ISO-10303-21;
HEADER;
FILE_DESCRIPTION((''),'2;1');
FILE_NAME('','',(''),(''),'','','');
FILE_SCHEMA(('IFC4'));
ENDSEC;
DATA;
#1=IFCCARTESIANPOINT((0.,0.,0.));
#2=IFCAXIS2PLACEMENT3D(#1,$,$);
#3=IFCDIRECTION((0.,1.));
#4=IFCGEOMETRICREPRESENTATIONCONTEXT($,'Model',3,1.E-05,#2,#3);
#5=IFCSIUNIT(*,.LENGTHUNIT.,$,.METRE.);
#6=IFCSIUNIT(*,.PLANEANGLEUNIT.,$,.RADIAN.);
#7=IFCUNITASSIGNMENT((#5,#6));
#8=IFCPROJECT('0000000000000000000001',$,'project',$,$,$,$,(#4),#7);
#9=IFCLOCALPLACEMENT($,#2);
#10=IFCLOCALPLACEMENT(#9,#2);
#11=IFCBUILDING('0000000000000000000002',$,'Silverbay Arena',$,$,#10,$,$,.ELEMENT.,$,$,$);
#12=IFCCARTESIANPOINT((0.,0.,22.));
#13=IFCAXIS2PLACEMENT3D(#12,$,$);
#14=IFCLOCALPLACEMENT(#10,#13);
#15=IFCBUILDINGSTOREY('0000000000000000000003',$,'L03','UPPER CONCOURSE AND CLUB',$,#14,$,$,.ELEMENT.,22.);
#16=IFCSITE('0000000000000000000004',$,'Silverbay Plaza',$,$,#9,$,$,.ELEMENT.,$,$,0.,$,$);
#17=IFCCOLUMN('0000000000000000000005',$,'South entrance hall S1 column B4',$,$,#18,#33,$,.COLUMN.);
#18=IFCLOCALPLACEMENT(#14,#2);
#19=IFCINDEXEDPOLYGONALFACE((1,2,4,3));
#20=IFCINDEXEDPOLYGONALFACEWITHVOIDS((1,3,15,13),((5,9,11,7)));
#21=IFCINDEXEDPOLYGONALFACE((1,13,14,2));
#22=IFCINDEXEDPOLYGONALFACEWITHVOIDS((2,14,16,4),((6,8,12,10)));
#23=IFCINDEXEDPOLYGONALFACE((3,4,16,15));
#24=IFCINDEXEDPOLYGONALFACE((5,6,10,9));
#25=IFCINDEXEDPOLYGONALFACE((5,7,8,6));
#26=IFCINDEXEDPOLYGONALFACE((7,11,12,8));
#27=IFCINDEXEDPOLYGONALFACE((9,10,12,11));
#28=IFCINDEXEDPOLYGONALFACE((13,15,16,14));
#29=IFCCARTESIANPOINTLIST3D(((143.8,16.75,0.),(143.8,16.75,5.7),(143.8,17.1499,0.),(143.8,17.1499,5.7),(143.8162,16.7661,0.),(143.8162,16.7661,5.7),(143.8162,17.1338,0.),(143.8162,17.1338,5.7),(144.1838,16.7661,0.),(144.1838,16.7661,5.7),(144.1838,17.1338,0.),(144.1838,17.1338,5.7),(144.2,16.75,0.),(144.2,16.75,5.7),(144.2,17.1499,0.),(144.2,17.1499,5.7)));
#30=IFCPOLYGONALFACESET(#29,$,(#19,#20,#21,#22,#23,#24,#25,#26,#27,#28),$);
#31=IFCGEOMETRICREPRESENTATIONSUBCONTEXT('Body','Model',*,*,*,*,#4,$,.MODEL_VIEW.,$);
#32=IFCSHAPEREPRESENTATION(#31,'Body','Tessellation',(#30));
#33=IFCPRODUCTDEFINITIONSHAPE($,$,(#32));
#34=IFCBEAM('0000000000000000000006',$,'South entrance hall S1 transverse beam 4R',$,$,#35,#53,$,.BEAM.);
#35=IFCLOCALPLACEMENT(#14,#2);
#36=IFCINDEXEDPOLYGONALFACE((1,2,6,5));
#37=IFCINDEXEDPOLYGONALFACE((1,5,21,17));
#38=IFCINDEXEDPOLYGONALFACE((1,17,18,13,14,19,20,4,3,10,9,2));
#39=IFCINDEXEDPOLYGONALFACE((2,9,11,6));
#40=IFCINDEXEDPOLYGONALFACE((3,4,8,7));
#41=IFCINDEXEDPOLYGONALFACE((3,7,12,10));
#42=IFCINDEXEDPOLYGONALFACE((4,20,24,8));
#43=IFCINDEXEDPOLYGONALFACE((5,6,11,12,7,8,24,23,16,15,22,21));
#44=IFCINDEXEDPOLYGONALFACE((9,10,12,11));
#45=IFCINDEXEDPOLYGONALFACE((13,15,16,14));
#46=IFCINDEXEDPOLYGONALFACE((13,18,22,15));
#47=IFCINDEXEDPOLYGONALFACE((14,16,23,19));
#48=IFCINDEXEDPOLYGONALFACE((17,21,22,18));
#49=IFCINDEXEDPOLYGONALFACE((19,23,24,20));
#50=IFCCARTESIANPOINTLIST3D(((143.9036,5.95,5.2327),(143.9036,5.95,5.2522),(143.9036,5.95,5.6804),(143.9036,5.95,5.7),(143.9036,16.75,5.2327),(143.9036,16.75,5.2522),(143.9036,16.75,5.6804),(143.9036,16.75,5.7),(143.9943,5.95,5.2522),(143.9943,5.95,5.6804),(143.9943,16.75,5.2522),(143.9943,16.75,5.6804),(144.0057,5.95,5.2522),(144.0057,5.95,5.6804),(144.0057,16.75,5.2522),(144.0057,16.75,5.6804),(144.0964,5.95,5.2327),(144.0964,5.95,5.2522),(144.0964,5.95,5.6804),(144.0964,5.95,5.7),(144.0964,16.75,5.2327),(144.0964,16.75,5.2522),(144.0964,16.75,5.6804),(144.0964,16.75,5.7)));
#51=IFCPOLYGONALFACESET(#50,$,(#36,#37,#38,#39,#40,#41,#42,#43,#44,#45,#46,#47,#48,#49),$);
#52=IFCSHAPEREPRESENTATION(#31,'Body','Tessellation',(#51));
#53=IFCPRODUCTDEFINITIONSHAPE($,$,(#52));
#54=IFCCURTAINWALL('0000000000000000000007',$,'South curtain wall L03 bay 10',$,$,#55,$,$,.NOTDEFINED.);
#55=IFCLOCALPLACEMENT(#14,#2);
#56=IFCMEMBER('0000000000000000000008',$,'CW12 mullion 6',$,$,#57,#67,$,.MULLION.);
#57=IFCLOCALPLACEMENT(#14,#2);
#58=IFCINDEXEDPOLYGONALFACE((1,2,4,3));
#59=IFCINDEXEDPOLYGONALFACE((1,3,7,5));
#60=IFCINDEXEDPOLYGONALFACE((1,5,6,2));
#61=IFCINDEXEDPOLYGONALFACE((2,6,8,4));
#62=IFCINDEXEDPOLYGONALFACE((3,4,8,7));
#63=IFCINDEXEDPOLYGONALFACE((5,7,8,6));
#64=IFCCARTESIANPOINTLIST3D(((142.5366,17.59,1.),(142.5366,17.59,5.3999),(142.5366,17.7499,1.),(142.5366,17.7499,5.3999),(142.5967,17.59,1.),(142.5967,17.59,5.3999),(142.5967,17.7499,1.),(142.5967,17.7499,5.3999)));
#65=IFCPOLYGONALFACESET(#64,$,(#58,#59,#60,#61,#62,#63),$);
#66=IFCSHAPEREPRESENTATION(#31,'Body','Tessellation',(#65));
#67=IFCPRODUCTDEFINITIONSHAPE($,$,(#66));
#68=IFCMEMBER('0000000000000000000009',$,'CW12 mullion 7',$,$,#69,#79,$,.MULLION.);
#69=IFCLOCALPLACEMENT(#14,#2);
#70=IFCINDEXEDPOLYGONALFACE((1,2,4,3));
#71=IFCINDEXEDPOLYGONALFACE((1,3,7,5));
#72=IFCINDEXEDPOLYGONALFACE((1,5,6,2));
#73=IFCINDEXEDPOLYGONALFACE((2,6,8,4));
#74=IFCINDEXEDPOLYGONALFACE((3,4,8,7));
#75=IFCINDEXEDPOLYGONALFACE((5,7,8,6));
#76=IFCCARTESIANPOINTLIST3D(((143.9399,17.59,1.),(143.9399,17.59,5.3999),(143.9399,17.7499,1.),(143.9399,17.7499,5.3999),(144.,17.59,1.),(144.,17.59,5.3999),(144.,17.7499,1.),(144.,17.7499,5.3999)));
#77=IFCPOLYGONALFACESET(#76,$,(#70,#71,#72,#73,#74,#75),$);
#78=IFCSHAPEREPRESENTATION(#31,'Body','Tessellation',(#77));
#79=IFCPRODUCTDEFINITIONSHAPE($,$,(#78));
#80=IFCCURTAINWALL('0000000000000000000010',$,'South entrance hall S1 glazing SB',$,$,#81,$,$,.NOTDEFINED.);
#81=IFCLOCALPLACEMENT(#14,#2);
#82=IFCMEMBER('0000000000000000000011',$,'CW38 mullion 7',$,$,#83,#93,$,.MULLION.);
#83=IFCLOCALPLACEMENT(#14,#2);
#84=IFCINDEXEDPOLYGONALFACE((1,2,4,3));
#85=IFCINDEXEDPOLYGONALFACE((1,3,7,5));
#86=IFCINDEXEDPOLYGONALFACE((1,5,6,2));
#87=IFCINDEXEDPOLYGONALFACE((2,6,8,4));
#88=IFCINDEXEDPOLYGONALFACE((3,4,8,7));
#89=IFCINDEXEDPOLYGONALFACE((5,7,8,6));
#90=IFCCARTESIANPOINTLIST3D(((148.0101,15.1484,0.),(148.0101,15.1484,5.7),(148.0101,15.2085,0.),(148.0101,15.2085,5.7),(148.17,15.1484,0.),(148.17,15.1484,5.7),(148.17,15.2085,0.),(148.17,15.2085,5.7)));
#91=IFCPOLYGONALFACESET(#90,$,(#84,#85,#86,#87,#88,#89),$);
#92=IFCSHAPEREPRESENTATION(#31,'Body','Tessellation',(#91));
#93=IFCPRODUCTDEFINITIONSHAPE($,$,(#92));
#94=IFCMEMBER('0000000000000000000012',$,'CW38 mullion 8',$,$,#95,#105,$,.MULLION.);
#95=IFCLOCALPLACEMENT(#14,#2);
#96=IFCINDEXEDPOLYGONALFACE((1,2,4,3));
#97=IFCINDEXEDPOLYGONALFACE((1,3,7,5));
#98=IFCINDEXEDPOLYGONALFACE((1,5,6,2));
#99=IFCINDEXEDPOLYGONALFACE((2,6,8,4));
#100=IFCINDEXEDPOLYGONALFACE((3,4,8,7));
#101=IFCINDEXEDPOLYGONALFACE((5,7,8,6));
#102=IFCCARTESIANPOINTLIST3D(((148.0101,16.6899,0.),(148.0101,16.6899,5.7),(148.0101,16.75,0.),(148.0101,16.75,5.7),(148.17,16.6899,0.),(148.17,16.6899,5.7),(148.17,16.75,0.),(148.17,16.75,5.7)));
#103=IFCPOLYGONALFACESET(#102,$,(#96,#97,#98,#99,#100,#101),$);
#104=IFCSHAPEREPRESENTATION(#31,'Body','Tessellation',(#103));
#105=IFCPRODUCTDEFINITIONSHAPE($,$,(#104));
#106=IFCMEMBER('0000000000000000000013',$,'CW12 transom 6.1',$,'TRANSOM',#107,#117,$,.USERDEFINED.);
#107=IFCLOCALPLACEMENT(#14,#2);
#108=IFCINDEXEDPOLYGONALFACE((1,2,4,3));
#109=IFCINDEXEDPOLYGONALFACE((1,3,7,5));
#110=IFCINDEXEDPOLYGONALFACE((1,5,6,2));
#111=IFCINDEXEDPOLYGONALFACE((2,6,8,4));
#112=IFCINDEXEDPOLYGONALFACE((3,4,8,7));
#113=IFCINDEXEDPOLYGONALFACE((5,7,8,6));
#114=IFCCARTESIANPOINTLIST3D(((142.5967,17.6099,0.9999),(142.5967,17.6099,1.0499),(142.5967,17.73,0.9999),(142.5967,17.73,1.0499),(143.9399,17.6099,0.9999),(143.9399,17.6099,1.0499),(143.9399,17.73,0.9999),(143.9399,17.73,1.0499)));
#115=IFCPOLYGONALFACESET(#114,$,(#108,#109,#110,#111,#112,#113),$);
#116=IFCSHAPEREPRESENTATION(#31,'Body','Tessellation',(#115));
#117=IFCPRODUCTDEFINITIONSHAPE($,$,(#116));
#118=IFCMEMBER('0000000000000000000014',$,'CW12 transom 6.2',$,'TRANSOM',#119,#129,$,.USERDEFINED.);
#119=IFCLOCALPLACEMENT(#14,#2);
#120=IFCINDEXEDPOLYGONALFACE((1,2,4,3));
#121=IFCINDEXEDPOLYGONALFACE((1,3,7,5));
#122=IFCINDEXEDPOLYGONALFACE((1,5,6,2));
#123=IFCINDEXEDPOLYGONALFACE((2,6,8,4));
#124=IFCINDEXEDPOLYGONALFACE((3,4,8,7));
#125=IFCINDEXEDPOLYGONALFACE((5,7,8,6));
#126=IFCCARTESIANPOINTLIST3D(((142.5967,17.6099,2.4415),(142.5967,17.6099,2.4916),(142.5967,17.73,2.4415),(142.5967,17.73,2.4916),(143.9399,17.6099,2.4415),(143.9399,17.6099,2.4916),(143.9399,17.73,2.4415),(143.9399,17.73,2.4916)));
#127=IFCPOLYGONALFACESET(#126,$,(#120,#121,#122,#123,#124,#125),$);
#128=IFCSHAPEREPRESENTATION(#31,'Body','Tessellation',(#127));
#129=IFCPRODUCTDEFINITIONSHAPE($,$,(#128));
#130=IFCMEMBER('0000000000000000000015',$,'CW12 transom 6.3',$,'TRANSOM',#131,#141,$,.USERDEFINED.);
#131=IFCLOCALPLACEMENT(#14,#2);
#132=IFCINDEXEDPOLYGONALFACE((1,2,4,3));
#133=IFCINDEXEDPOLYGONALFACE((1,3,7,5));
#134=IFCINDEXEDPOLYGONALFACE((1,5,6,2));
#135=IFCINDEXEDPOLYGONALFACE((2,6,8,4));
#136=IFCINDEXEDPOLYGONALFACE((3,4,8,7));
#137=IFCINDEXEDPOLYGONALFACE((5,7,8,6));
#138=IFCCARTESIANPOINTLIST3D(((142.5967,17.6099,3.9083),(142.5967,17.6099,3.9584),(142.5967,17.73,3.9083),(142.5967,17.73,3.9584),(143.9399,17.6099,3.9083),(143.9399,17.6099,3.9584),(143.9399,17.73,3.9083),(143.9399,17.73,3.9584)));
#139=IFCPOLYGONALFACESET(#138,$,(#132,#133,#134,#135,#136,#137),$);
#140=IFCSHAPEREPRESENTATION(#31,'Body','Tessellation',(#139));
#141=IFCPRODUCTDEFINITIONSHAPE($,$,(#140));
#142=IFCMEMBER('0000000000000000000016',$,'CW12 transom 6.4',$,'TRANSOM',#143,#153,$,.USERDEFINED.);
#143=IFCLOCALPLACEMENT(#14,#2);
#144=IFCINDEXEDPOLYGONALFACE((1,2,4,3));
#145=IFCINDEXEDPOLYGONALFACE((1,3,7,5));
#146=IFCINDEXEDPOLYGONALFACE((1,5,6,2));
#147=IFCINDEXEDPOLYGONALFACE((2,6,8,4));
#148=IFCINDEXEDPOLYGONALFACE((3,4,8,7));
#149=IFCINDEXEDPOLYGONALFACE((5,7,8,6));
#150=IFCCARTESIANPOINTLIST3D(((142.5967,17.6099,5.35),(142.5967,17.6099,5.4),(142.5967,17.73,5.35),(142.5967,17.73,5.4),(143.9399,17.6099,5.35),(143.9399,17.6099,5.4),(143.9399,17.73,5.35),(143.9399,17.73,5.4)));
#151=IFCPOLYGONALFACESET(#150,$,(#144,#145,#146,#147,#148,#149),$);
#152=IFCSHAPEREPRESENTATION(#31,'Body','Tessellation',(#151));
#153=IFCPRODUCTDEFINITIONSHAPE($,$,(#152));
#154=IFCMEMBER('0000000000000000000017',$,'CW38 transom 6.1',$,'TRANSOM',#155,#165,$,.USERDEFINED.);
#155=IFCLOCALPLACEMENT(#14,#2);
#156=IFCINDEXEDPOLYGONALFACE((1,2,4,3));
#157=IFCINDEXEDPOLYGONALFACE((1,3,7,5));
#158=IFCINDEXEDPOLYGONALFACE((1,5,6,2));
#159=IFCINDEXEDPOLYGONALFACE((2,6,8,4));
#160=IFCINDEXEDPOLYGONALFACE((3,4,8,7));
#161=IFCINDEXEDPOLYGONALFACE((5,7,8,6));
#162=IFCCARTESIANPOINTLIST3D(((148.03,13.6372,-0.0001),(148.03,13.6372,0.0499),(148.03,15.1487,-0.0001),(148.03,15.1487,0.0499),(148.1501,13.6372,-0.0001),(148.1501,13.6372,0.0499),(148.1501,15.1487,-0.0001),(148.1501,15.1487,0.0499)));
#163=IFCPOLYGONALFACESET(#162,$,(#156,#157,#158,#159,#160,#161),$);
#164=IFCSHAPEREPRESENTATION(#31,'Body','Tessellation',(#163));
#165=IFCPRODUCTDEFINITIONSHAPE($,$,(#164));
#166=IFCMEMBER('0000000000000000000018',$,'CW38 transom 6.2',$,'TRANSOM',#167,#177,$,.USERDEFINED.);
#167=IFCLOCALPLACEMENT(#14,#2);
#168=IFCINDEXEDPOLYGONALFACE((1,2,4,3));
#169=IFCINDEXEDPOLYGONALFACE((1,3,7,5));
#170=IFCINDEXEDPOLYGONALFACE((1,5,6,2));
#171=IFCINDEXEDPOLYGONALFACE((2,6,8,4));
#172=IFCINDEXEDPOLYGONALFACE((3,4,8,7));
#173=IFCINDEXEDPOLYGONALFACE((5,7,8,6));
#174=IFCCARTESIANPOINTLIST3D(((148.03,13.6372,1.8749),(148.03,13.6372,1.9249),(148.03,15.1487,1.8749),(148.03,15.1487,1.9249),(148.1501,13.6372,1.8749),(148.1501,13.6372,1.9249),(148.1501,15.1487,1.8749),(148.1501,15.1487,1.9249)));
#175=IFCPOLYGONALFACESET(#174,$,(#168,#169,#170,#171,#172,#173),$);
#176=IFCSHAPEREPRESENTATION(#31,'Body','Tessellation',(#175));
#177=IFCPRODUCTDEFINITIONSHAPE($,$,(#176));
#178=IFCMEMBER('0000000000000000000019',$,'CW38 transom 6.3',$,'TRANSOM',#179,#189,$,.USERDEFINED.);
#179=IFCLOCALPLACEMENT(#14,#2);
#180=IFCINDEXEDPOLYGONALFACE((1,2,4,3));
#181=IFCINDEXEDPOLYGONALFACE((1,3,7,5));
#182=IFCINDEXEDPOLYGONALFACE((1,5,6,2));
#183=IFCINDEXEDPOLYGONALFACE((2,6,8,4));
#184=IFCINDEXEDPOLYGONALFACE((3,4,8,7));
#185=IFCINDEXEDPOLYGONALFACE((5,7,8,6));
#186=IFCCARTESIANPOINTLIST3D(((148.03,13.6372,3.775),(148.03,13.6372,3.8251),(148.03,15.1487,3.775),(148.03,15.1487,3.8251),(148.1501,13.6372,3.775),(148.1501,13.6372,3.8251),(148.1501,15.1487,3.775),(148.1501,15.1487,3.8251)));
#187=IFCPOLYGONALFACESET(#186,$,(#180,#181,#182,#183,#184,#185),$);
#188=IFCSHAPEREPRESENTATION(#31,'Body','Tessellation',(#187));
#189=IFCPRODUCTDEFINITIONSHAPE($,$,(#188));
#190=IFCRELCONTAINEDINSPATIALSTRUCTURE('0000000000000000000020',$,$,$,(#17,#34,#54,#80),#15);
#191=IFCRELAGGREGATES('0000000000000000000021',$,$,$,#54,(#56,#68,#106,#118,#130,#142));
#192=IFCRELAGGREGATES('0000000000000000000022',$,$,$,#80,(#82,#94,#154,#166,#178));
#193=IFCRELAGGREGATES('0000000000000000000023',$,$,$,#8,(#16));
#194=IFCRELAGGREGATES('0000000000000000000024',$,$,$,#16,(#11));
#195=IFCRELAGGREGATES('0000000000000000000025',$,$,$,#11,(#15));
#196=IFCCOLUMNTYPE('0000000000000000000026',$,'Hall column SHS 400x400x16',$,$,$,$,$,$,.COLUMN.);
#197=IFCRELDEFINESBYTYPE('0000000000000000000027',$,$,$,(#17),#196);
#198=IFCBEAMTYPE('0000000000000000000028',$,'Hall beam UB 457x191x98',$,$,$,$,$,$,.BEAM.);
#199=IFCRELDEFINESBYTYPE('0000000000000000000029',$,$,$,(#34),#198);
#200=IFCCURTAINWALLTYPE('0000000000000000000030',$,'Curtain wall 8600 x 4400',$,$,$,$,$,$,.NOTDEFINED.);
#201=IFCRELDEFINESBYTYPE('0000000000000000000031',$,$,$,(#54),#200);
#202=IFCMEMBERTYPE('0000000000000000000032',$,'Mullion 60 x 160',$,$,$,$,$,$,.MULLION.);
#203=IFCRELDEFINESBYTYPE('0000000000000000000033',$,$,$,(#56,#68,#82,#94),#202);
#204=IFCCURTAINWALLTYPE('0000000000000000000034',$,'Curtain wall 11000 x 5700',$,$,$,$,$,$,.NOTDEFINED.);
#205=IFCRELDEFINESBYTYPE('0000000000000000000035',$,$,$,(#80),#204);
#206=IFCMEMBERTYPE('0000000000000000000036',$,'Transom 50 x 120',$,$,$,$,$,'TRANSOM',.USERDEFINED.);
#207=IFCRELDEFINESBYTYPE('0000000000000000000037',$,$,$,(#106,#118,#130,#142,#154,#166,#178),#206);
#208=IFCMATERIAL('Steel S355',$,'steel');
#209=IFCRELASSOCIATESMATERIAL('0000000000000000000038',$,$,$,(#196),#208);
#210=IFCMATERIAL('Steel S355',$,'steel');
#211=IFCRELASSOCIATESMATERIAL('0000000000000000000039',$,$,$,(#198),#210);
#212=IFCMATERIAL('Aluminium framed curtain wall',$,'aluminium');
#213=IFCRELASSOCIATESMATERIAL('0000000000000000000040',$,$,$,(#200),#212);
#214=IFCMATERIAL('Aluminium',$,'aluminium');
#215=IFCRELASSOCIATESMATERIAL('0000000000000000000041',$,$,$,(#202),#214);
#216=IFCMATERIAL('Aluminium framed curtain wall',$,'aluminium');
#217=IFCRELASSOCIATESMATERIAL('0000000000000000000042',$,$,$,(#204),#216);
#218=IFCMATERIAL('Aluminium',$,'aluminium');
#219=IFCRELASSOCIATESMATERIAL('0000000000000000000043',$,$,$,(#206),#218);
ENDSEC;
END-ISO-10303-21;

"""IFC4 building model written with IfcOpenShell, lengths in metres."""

from ifc_helpers import new_model, si_unit, direction, frame, origin, origin_2d, place, context, subcontext, project, spatial, rectangle, hollow_rectangle, i_section, extrude, material, material_profile, profile_set, type_object, element, aggregate, save


model = new_model("IFC4")

# Units and contexts
model_context = context("Model", 3, precision=1e-05, world=origin(), true_north=direction((0.0, 1.0)))
body_context = subcontext(model_context, "Body", "Model", "MODEL_VIEW")
ifc_project = project(units=[si_unit("LENGTHUNIT", "METRE"), si_unit("PLANEANGLEUNIT", "RADIAN")], contexts=[model_context])

# Site, building, storey
site_placement = place(None, origin())
site = spatial("IfcSite", under=ifc_project, at=site_placement, Name="Silverbay Plaza", CompositionType="ELEMENT", RefElevation=0.0)
building_placement = place(site_placement, origin())
building = spatial("IfcBuilding", under=site, at=building_placement, Name="Silverbay Arena", CompositionType="ELEMENT")
storey_placement = place(building_placement, frame((0.0, 0.0, 22.0)))
storey = spatial("IfcBuildingStorey", under=building, at=storey_placement, Name="L03", Description="UPPER CONCOURSE AND CLUB", CompositionType="ELEMENT", Elevation=22.0)

# Column
ifc_material_1 = material(Name="Steel S355", Category="steel")
ifc_material_profile_1 = material_profile(ifc_material_1, hollow_rectangle(XDim=0.3999, YDim=0.3999, WallThickness=0.0161, at=origin_2d()), Name="SHS 400x400x16")
ifc_profile_set_1 = profile_set([ifc_material_profile_1], Name="Steel S355")
column_type = type_object("IfcColumnType", Name="Hall column SHS 400x400x16", PredefinedType="COLUMN", material=ifc_profile_set_1)
column_placement = place(storey_placement, frame((144.0, 16.95, 0.0), z_axis=(0.0, 0.0, 1.0), x_axis=(1.0, 0.0, 0.0)))
element("IfcColumn", 1, at=column_placement, inside=storey, type_object=column_type, Name="South entrance hall S1 column B4", PredefinedType="COLUMN", context=body_context, shape_type="SweptSolid", body=[
    extrude(hollow_rectangle(XDim=0.3999, YDim=0.3999, WallThickness=0.0161, at=origin_2d()), origin(), (0.0, 0.0, 1.0), 5.7),
])

# Beam
ifc_material_2 = material(Name="Steel S355", Category="steel")
ifc_material_profile_2 = material_profile(ifc_material_2, i_section(OverallWidth=0.1929, OverallDepth=0.4673, WebThickness=0.0115, FlangeThickness=0.0195, at=origin_2d()), Name="UB 457x191x98")
ifc_profile_set_2 = profile_set([ifc_material_profile_2], Name="Steel S355")
beam_type = type_object("IfcBeamType", Name="Hall beam UB 457x191x98", PredefinedType="BEAM", material=ifc_profile_set_2)
beam_placement = place(storey_placement, frame((144.0, 16.75, 5.4663), z_axis=(0.0, -1.0, 0.0), x_axis=(1.0, 0.0, 0.0)))
element("IfcBeam", 2, at=beam_placement, inside=storey, type_object=beam_type, Name="South entrance hall S1 transverse beam 4R", PredefinedType="BEAM", context=body_context, shape_type="SweptSolid", body=[
    extrude(i_section(OverallWidth=0.1929, OverallDepth=0.4673, WebThickness=0.0115, FlangeThickness=0.0195, at=origin_2d()), origin(), (0.0, 0.0, 1.0), 10.8),
])

# Curtain walls, members
ifc_material_3 = material(Name="Aluminium framed curtain wall", Category="aluminium")
curtain_wall_type_1 = type_object("IfcCurtainWallType", Name="Curtain wall 8600 x 4400", PredefinedType="NOTDEFINED", material=ifc_material_3)
curtain_wall_1_placement = place(storey_placement, origin())
curtain_wall_1 = element("IfcCurtainWall", 3, at=curtain_wall_1_placement, inside=storey, type_object=curtain_wall_type_1, Name="South curtain wall L03 bay 10", PredefinedType="NOTDEFINED")
ifc_material_4 = material(Name="Aluminium", Category="aluminium")
ifc_material_profile_3 = material_profile(ifc_material_4, rectangle(XDim=0.1599, YDim=0.0601, at=origin_2d()), Name="Mullion 60 x 160")
ifc_profile_set_3 = profile_set([ifc_material_profile_3], Name="Aluminium")
member_type_1 = type_object("IfcMemberType", Name="Mullion 60 x 160", PredefinedType="MULLION", material=ifc_profile_set_3)
member_1_placement = place(storey_placement, frame((142.5667, 17.6699, 1.0), z_axis=(0.0, 0.0, 1.0), x_axis=(0.0, 1.0, 0.0)))
member_1 = element("IfcMember", 4, at=member_1_placement, type_object=member_type_1, Name="CW12 mullion 6", PredefinedType="MULLION", context=body_context, shape_type="SweptSolid", body=[
    extrude(rectangle(XDim=0.1599, YDim=0.0601, at=origin_2d()), origin(), (0.0, 0.0, 1.0), 4.3999),
])
member_2_placement = place(storey_placement, frame((143.97, 17.6699, 1.0), z_axis=(0.0, 0.0, 1.0), x_axis=(0.0, 1.0, 0.0)))
member_2 = element("IfcMember", 5, at=member_2_placement, type_object=member_type_1, Name="CW12 mullion 7", PredefinedType="MULLION", context=body_context, shape_type="SweptSolid", body=[
    extrude(rectangle(XDim=0.1599, YDim=0.0601, at=origin_2d()), origin(), (0.0, 0.0, 1.0), 4.3999),
])
ifc_material_5 = material(Name="Aluminium framed curtain wall", Category="aluminium")
curtain_wall_type_2 = type_object("IfcCurtainWallType", Name="Curtain wall 11000 x 5700", PredefinedType="NOTDEFINED", material=ifc_material_5)
curtain_wall_2_placement = place(storey_placement, origin())
curtain_wall_2 = element("IfcCurtainWall", 6, at=curtain_wall_2_placement, inside=storey, type_object=curtain_wall_type_2, Name="South entrance hall S1 glazing SB", PredefinedType="NOTDEFINED")
member_3_placement = place(storey_placement, frame((148.0901, 15.1785, 0.0), z_axis=(0.0, 0.0, 1.0), x_axis=(-1.0, 0.0, 0.0)))
member_3 = element("IfcMember", 7, at=member_3_placement, type_object=member_type_1, Name="CW38 mullion 7", PredefinedType="MULLION", context=body_context, shape_type="SweptSolid", body=[
    extrude(rectangle(XDim=0.1599, YDim=0.0601, at=origin_2d()), origin(), (0.0, 0.0, 1.0), 5.7),
])
member_4_placement = place(storey_placement, frame((148.0901, 16.72, 0.0), z_axis=(0.0, 0.0, 1.0), x_axis=(-1.0, 0.0, 0.0)))
member_4 = element("IfcMember", 8, at=member_4_placement, type_object=member_type_1, Name="CW38 mullion 8", PredefinedType="MULLION", context=body_context, shape_type="SweptSolid", body=[
    extrude(rectangle(XDim=0.1599, YDim=0.0601, at=origin_2d()), origin(), (0.0, 0.0, 1.0), 5.7),
])

# Members
ifc_material_6 = material(Name="Aluminium", Category="aluminium")
ifc_material_profile_4 = material_profile(ifc_material_6, rectangle(XDim=0.1201, YDim=0.05, at=origin_2d()), Name="Transom 50 x 120")
ifc_profile_set_4 = profile_set([ifc_material_profile_4], Name="Aluminium")
member_type_2 = type_object("IfcMemberType", Name="Transom 50 x 120", ElementType="TRANSOM", PredefinedType="USERDEFINED", material=ifc_profile_set_4)
member_5_placement = place(storey_placement, frame((142.5967, 17.6699, 1.0249), z_axis=(1.0, 0.0, 0.0), x_axis=(0.0, 1.0, 0.0)))
member_5 = element("IfcMember", 9, at=member_5_placement, type_object=member_type_2, Name="CW12 transom 6.1", ObjectType="TRANSOM", PredefinedType="USERDEFINED", context=body_context, shape_type="SweptSolid", body=[
    extrude(rectangle(XDim=0.1201, YDim=0.05, at=origin_2d()), origin(), (0.0, 0.0, 1.0), 1.3433),
])
member_6_placement = place(storey_placement, frame((142.5967, 17.6699, 2.4666), z_axis=(1.0, 0.0, 0.0), x_axis=(0.0, 1.0, 0.0)))
member_6 = element("IfcMember", 10, at=member_6_placement, type_object=member_type_2, Name="CW12 transom 6.2", ObjectType="TRANSOM", PredefinedType="USERDEFINED", context=body_context, shape_type="SweptSolid", body=[
    extrude(rectangle(XDim=0.1201, YDim=0.05, at=origin_2d()), origin(), (0.0, 0.0, 1.0), 1.3433),
])
member_7_placement = place(storey_placement, frame((142.5967, 17.6699, 3.9333), z_axis=(1.0, 0.0, 0.0), x_axis=(0.0, 1.0, 0.0)))
member_7 = element("IfcMember", 11, at=member_7_placement, type_object=member_type_2, Name="CW12 transom 6.3", ObjectType="TRANSOM", PredefinedType="USERDEFINED", context=body_context, shape_type="SweptSolid", body=[
    extrude(rectangle(XDim=0.1201, YDim=0.05, at=origin_2d()), origin(), (0.0, 0.0, 1.0), 1.3433),
])
member_8_placement = place(storey_placement, frame((142.5967, 17.6699, 5.375), z_axis=(1.0, 0.0, 0.0), x_axis=(0.0, 1.0, 0.0)))
member_8 = element("IfcMember", 12, at=member_8_placement, type_object=member_type_2, Name="CW12 transom 6.4", ObjectType="TRANSOM", PredefinedType="USERDEFINED", context=body_context, shape_type="SweptSolid", body=[
    extrude(rectangle(XDim=0.1201, YDim=0.05, at=origin_2d()), origin(), (0.0, 0.0, 1.0), 1.3433),
])
member_9_placement = place(storey_placement, frame((148.0901, 13.6372, 0.0249), z_axis=(0.0, 1.0, 0.0), x_axis=(-1.0, 0.0, 0.0)))
member_9 = element("IfcMember", 13, at=member_9_placement, type_object=member_type_2, Name="CW38 transom 6.1", ObjectType="TRANSOM", PredefinedType="USERDEFINED", context=body_context, shape_type="SweptSolid", body=[
    extrude(rectangle(XDim=0.1201, YDim=0.05, at=origin_2d()), origin(), (0.0, 0.0, 1.0), 1.5115),
])
member_10_placement = place(storey_placement, frame((148.0901, 13.6372, 1.8999), z_axis=(0.0, 1.0, 0.0), x_axis=(-1.0, 0.0, 0.0)))
member_10 = element("IfcMember", 14, at=member_10_placement, type_object=member_type_2, Name="CW38 transom 6.2", ObjectType="TRANSOM", PredefinedType="USERDEFINED", context=body_context, shape_type="SweptSolid", body=[
    extrude(rectangle(XDim=0.1201, YDim=0.05, at=origin_2d()), origin(), (0.0, 0.0, 1.0), 1.5115),
])
member_11_placement = place(storey_placement, frame((148.0901, 13.6372, 3.8), z_axis=(0.0, 1.0, 0.0), x_axis=(-1.0, 0.0, 0.0)))
member_11 = element("IfcMember", 15, at=member_11_placement, type_object=member_type_2, Name="CW38 transom 6.3", ObjectType="TRANSOM", PredefinedType="USERDEFINED", context=body_context, shape_type="SweptSolid", body=[
    extrude(rectangle(XDim=0.1201, YDim=0.05, at=origin_2d()), origin(), (0.0, 0.0, 1.0), 1.5115),
])

aggregate(curtain_wall_1, [member_1, member_2, member_5, member_6, member_7, member_8])
aggregate(curtain_wall_2, [member_3, member_4, member_9, member_10, member_11])

save(model, "model.ifc")
